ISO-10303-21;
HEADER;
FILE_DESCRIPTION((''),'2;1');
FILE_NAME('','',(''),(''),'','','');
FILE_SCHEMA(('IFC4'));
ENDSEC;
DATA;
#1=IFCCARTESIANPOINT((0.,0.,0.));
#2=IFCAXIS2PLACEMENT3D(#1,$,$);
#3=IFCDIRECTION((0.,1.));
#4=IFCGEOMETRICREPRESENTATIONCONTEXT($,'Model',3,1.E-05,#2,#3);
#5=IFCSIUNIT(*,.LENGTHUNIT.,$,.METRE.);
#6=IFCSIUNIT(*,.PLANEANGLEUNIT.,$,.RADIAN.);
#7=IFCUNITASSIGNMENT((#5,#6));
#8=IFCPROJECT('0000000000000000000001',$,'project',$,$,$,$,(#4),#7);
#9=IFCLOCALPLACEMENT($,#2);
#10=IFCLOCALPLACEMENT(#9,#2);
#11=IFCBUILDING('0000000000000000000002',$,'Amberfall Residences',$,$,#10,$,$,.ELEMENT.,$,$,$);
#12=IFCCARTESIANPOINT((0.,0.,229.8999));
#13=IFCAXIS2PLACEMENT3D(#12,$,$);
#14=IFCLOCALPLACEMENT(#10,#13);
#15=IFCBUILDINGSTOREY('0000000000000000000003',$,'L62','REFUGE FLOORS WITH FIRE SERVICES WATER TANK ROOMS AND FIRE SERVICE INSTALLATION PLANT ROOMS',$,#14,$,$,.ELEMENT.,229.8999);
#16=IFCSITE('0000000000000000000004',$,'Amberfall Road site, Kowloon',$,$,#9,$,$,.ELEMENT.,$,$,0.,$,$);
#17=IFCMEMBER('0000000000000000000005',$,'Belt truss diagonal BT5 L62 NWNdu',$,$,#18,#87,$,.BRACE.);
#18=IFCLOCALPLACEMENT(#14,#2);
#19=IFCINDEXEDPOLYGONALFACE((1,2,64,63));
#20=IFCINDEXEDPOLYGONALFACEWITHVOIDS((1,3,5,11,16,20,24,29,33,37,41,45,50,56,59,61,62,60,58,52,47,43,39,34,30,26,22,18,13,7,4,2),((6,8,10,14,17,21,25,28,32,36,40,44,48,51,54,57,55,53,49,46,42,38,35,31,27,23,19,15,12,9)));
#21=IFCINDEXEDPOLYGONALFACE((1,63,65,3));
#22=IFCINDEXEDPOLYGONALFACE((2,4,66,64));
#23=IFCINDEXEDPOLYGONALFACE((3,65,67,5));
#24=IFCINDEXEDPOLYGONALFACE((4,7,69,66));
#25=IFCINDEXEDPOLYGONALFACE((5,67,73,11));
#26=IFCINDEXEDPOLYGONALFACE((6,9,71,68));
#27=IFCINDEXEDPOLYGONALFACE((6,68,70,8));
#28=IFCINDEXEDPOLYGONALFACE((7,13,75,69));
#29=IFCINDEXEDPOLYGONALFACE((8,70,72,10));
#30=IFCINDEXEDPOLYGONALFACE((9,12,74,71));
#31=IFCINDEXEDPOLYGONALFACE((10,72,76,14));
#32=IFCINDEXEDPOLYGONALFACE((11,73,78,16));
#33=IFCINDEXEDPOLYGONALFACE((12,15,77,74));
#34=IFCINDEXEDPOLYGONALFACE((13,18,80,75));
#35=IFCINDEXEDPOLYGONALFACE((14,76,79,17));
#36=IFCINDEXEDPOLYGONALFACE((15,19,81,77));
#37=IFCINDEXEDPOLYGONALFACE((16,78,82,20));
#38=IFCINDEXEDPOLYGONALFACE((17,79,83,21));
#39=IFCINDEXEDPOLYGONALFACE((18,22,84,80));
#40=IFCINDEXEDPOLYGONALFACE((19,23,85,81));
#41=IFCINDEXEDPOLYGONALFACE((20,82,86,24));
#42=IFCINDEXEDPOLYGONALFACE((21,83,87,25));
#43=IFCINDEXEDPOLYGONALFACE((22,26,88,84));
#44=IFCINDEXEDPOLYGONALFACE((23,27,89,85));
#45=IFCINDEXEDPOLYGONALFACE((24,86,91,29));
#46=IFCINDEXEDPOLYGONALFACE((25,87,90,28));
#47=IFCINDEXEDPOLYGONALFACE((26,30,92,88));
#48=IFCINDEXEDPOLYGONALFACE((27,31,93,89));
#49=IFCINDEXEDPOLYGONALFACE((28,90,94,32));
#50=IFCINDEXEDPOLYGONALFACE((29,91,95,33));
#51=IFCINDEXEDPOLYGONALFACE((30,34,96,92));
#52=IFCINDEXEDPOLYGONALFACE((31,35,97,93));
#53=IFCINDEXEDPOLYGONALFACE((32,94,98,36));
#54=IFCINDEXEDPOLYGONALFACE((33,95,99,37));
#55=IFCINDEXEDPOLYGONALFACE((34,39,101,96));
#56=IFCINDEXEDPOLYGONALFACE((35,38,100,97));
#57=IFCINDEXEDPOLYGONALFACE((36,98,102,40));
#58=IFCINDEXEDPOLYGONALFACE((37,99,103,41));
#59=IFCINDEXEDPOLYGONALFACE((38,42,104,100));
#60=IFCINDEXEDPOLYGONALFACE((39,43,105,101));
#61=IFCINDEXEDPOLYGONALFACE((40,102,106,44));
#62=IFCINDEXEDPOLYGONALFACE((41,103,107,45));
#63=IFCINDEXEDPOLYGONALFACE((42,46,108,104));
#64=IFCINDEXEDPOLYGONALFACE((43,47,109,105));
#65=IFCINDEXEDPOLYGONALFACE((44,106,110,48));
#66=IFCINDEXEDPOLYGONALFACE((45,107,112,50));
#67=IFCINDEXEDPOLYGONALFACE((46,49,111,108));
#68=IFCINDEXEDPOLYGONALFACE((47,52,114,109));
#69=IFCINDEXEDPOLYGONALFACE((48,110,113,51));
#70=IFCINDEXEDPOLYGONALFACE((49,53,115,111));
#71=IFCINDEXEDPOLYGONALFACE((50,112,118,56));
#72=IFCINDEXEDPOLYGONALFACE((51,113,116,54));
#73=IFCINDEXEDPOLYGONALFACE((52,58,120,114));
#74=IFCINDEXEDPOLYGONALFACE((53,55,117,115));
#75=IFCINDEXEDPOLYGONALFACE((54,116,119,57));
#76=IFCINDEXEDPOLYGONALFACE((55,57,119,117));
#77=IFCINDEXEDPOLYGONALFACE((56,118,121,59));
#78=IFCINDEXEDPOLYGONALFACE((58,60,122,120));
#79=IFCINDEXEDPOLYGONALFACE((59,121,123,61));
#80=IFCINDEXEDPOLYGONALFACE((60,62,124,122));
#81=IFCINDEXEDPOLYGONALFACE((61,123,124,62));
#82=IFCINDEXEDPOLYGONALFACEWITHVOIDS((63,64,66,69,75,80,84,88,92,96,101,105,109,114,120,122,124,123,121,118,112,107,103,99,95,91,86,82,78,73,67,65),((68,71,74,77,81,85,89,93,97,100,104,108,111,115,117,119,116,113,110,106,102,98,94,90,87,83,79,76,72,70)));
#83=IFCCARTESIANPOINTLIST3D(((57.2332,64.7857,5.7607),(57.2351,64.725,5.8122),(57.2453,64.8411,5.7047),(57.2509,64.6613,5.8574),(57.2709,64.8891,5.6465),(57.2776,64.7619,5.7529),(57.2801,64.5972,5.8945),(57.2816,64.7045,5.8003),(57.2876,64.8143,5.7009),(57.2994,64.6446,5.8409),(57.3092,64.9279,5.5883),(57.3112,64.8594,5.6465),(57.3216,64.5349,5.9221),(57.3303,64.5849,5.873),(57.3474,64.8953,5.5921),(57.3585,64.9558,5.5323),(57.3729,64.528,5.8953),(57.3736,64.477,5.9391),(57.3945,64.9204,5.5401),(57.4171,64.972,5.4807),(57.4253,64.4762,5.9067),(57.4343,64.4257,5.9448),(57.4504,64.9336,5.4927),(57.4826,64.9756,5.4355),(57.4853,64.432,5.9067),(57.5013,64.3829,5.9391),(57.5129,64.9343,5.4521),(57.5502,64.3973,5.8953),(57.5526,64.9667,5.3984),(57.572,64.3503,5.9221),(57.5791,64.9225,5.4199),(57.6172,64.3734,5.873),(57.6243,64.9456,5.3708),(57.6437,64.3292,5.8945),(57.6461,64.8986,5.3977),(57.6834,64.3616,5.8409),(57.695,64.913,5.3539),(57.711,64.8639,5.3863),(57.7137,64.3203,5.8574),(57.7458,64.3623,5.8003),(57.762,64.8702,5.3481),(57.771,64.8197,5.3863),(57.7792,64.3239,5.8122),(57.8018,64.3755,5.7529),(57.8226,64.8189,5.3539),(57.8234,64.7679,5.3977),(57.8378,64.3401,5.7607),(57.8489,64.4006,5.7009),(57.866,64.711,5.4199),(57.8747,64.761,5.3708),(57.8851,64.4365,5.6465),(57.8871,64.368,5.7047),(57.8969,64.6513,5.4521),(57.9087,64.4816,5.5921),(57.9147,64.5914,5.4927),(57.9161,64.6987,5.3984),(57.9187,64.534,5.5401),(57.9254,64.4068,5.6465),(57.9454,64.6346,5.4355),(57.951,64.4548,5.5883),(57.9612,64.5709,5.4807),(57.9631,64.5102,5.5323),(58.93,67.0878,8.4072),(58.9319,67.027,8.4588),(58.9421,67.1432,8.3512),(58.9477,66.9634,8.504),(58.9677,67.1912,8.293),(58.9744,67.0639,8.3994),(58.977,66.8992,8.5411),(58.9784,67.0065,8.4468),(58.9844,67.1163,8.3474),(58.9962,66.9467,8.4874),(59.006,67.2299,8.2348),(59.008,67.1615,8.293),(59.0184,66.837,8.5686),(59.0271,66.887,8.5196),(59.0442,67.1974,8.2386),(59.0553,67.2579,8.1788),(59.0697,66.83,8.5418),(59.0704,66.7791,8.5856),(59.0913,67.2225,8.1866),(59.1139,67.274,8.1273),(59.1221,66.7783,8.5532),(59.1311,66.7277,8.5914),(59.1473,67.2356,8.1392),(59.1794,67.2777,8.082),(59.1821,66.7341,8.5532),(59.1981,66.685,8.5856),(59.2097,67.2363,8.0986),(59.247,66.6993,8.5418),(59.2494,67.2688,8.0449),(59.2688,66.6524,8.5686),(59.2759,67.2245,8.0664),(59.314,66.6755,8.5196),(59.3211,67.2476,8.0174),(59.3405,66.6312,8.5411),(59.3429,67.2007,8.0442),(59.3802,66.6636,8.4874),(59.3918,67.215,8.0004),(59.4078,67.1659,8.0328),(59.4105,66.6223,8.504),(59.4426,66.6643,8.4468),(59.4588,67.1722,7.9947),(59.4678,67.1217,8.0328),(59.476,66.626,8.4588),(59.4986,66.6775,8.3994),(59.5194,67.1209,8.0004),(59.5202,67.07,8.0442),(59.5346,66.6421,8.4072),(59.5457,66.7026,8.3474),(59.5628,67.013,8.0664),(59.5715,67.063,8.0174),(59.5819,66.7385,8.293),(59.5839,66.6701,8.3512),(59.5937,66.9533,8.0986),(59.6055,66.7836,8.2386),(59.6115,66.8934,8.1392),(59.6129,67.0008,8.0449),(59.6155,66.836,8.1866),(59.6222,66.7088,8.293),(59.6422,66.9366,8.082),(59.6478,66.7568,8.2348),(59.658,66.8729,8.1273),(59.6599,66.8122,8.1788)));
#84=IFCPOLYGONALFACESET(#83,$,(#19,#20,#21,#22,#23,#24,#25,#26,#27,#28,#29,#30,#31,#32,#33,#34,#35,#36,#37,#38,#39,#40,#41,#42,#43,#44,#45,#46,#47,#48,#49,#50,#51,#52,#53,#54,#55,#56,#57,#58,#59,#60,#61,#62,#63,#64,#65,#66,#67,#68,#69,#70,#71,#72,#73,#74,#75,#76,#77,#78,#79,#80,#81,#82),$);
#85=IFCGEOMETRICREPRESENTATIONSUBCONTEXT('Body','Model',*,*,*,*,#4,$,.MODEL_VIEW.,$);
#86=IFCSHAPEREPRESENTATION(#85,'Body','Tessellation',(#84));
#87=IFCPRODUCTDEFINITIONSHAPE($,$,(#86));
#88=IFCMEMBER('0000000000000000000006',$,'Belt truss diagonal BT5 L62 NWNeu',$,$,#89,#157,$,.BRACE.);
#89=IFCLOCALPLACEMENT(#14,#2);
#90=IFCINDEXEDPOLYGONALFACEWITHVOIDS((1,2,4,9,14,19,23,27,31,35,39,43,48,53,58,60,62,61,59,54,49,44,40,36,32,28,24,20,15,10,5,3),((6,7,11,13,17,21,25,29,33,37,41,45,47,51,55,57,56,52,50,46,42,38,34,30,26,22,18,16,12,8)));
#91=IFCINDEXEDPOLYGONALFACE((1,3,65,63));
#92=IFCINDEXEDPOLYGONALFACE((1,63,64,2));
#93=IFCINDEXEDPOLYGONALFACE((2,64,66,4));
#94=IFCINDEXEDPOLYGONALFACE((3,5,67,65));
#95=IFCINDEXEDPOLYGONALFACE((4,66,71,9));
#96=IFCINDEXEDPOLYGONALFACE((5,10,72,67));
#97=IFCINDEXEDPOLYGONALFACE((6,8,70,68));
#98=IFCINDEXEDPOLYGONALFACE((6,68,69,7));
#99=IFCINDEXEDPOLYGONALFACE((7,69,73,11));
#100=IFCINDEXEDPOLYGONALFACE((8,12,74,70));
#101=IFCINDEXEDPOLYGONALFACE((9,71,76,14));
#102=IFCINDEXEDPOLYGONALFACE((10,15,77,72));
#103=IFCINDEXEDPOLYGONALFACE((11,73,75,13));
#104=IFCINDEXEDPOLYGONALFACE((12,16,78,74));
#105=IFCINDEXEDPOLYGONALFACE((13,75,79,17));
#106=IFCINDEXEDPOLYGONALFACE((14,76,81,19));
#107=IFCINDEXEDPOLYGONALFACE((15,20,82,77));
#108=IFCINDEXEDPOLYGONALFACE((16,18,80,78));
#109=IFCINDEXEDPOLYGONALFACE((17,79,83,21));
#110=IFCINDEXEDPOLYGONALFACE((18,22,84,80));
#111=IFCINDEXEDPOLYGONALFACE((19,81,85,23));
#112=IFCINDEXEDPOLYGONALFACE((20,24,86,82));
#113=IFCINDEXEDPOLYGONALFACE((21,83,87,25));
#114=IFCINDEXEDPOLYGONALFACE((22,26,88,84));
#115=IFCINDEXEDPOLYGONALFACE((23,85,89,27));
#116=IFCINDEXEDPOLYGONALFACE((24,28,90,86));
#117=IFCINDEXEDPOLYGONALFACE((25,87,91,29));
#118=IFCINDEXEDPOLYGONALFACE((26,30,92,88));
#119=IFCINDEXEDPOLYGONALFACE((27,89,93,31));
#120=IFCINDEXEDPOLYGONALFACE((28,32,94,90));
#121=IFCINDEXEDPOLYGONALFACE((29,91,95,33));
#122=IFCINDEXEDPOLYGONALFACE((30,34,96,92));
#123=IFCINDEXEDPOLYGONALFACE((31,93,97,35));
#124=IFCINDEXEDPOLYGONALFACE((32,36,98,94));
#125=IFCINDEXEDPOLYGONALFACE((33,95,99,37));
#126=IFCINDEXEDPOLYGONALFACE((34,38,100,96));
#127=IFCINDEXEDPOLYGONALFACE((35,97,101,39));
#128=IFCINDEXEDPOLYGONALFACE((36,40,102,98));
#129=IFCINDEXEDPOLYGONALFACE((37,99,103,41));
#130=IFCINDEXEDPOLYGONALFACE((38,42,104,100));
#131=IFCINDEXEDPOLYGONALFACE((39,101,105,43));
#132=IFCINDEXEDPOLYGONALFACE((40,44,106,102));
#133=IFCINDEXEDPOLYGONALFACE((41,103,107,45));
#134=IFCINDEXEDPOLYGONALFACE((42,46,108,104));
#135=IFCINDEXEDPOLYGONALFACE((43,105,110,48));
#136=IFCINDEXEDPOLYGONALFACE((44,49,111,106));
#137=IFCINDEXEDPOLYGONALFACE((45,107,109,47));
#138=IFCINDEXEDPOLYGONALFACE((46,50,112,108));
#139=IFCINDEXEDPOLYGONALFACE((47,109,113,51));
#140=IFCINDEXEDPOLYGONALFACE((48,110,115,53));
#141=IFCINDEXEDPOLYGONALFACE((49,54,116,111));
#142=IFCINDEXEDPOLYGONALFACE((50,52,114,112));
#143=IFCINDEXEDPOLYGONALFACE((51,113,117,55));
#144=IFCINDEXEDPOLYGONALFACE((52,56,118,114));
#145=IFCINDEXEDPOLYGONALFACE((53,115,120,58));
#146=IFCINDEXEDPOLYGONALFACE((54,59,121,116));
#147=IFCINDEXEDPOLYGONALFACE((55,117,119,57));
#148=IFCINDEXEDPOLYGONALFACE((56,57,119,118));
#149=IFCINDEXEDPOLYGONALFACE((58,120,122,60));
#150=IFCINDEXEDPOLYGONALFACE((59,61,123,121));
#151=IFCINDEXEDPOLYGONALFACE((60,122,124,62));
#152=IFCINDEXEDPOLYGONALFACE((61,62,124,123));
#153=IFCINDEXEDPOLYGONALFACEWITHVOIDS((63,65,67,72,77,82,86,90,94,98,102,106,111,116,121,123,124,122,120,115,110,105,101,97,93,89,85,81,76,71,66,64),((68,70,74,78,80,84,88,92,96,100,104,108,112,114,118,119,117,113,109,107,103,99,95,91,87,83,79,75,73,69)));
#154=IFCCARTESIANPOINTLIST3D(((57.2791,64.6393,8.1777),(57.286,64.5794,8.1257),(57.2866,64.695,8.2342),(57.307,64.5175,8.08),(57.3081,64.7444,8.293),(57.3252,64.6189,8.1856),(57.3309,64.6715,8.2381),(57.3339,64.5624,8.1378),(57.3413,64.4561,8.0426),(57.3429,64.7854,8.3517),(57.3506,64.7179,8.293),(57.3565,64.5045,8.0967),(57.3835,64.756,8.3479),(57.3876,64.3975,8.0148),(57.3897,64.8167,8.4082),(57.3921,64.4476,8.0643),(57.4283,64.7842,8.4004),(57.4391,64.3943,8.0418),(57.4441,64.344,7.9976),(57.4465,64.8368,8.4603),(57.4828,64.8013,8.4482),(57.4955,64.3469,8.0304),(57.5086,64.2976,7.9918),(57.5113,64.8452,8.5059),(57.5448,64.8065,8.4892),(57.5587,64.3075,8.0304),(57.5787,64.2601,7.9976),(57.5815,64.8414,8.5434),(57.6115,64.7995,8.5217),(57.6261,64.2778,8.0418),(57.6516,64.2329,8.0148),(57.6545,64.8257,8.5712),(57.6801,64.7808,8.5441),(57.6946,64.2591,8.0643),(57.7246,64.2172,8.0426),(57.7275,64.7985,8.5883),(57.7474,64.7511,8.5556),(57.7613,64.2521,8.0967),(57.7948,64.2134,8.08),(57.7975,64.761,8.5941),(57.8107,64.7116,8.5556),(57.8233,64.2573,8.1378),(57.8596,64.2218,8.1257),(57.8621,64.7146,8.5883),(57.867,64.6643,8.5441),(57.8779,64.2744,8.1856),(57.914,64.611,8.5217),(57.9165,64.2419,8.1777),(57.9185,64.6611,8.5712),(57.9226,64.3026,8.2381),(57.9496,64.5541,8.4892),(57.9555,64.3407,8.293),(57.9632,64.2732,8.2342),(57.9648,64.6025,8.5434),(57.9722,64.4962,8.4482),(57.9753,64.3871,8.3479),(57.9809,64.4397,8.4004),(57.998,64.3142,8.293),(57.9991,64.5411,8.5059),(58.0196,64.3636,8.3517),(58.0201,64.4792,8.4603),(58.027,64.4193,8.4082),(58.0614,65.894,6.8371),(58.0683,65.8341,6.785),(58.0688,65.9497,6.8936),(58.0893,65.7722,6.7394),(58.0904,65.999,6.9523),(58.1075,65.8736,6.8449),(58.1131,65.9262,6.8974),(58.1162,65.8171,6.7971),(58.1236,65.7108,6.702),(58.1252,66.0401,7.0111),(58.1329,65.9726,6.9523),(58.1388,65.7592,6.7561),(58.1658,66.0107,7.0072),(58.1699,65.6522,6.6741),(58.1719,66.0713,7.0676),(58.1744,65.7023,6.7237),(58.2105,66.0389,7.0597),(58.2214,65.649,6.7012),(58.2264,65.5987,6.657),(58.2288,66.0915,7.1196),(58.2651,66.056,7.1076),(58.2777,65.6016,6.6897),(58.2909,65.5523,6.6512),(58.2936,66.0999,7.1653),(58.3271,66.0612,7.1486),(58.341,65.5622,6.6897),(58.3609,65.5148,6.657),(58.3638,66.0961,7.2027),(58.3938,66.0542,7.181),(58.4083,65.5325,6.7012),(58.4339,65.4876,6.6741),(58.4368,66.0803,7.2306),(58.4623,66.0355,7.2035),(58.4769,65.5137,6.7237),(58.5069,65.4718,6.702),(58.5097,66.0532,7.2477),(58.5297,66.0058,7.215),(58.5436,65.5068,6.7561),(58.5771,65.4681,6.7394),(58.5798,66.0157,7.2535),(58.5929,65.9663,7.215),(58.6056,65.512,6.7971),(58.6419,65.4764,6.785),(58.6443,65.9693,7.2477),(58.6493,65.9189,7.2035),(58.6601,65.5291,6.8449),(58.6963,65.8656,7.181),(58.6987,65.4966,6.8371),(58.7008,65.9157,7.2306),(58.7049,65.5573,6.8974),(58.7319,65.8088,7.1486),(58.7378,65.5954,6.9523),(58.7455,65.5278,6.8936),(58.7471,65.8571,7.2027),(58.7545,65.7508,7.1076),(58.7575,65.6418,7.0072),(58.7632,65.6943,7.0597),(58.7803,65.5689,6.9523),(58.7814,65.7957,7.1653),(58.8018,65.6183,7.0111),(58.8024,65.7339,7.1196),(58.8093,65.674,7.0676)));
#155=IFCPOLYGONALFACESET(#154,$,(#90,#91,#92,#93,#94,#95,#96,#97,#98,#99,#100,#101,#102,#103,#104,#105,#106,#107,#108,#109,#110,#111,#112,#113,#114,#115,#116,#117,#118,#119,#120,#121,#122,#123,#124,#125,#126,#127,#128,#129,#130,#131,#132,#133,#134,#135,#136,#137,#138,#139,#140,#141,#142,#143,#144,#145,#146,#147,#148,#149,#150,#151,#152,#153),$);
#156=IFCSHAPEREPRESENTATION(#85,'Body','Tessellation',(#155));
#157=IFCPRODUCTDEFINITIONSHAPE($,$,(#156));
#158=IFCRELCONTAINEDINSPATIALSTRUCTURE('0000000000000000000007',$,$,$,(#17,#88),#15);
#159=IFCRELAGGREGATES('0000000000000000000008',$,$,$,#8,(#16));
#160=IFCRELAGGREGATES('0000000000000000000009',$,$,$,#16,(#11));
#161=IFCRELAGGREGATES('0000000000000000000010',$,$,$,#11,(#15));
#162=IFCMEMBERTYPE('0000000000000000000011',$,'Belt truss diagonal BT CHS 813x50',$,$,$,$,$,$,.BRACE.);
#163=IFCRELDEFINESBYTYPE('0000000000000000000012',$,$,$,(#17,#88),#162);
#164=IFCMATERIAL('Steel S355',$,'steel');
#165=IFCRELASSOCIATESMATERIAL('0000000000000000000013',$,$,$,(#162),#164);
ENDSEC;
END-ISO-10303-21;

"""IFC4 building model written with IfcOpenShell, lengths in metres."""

from ifc_helpers import new_model, si_unit, direction, frame, origin, origin_2d, place, context, subcontext, project, spatial, hollow_circle, extrude, material, material_profile, profile_set, type_object, element, save


model = new_model("IFC4")

# Units and contexts
model_context = context("Model", 3, precision=1e-05, world=origin(), true_north=direction((0.0, 1.0)))
body_context = subcontext(model_context, "Body", "Model", "MODEL_VIEW")
ifc_project = project(units=[si_unit("LENGTHUNIT", "METRE"), si_unit("PLANEANGLEUNIT", "RADIAN")], contexts=[model_context])

# Site, building, storey
site_placement = place(None, origin())
site = spatial("IfcSite", under=ifc_project, at=site_placement, Name="Amberfall Road site, Kowloon", CompositionType="ELEMENT", RefElevation=0.0)
building_placement = place(site_placement, origin())
building = spatial("IfcBuilding", under=site, at=building_placement, Name="Amberfall Residences", CompositionType="ELEMENT")
storey_placement = place(building_placement, frame((0.0, 0.0, 229.8999)))
storey = spatial("IfcBuildingStorey", under=building, at=storey_placement, Name="L62", Description="REFUGE FLOORS WITH FIRE SERVICES WATER TANK ROOMS AND FIRE SERVICE INSTALLATION PLANT ROOMS", CompositionType="ELEMENT", Elevation=229.8999)

# Shared definitions
ifc_material_1 = material(Name="Steel S355", Category="steel")

# Members
ifc_material_profile_1 = material_profile(ifc_material_1, hollow_circle(Radius=0.4065, WallThickness=0.05, at=origin_2d()), Name="CHS 813x50")
ifc_profile_set_1 = profile_set([ifc_material_profile_1], Name="Steel S355")
member_type = type_object("IfcMemberType", Name="Belt truss diagonal BT CHS 813x50", PredefinedType="BRACE", material=ifc_profile_set_1)
member_1_placement = place(storey_placement, frame((57.5981, 64.6479, 5.6465), z_axis=(0.43547, 0.590798, 0.679208), x_axis=(-0.804961, 0.593327, 0.0)))
element("IfcMember", 1, at=member_1_placement, inside=storey, type_object=member_type, Name="Belt truss diagonal BT5 L62 NWNdu", PredefinedType="BRACE", context=body_context, shape_type="SweptSolid", body=[
    extrude(hollow_circle(Radius=0.4065, WallThickness=0.05, at=origin_2d()), origin(), (0.0, 0.0, 1.0), 3.8965),
])
member_2_placement = place(storey_placement, frame((57.6531, 64.5293, 8.293), z_axis=(0.39194, 0.628646, -0.671705), x_axis=(-0.848582, 0.529064, 0.0)))
element("IfcMember", 2, at=member_2_placement, inside=storey, type_object=member_type, Name="Belt truss diagonal BT5 L62 NWNeu", PredefinedType="BRACE", context=body_context, shape_type="SweptSolid", body=[
    extrude(hollow_circle(Radius=0.4065, WallThickness=0.05, at=origin_2d()), origin(), (0.0, 0.0, 1.0), 1.9958),
])

save(model, "model.ifc")
